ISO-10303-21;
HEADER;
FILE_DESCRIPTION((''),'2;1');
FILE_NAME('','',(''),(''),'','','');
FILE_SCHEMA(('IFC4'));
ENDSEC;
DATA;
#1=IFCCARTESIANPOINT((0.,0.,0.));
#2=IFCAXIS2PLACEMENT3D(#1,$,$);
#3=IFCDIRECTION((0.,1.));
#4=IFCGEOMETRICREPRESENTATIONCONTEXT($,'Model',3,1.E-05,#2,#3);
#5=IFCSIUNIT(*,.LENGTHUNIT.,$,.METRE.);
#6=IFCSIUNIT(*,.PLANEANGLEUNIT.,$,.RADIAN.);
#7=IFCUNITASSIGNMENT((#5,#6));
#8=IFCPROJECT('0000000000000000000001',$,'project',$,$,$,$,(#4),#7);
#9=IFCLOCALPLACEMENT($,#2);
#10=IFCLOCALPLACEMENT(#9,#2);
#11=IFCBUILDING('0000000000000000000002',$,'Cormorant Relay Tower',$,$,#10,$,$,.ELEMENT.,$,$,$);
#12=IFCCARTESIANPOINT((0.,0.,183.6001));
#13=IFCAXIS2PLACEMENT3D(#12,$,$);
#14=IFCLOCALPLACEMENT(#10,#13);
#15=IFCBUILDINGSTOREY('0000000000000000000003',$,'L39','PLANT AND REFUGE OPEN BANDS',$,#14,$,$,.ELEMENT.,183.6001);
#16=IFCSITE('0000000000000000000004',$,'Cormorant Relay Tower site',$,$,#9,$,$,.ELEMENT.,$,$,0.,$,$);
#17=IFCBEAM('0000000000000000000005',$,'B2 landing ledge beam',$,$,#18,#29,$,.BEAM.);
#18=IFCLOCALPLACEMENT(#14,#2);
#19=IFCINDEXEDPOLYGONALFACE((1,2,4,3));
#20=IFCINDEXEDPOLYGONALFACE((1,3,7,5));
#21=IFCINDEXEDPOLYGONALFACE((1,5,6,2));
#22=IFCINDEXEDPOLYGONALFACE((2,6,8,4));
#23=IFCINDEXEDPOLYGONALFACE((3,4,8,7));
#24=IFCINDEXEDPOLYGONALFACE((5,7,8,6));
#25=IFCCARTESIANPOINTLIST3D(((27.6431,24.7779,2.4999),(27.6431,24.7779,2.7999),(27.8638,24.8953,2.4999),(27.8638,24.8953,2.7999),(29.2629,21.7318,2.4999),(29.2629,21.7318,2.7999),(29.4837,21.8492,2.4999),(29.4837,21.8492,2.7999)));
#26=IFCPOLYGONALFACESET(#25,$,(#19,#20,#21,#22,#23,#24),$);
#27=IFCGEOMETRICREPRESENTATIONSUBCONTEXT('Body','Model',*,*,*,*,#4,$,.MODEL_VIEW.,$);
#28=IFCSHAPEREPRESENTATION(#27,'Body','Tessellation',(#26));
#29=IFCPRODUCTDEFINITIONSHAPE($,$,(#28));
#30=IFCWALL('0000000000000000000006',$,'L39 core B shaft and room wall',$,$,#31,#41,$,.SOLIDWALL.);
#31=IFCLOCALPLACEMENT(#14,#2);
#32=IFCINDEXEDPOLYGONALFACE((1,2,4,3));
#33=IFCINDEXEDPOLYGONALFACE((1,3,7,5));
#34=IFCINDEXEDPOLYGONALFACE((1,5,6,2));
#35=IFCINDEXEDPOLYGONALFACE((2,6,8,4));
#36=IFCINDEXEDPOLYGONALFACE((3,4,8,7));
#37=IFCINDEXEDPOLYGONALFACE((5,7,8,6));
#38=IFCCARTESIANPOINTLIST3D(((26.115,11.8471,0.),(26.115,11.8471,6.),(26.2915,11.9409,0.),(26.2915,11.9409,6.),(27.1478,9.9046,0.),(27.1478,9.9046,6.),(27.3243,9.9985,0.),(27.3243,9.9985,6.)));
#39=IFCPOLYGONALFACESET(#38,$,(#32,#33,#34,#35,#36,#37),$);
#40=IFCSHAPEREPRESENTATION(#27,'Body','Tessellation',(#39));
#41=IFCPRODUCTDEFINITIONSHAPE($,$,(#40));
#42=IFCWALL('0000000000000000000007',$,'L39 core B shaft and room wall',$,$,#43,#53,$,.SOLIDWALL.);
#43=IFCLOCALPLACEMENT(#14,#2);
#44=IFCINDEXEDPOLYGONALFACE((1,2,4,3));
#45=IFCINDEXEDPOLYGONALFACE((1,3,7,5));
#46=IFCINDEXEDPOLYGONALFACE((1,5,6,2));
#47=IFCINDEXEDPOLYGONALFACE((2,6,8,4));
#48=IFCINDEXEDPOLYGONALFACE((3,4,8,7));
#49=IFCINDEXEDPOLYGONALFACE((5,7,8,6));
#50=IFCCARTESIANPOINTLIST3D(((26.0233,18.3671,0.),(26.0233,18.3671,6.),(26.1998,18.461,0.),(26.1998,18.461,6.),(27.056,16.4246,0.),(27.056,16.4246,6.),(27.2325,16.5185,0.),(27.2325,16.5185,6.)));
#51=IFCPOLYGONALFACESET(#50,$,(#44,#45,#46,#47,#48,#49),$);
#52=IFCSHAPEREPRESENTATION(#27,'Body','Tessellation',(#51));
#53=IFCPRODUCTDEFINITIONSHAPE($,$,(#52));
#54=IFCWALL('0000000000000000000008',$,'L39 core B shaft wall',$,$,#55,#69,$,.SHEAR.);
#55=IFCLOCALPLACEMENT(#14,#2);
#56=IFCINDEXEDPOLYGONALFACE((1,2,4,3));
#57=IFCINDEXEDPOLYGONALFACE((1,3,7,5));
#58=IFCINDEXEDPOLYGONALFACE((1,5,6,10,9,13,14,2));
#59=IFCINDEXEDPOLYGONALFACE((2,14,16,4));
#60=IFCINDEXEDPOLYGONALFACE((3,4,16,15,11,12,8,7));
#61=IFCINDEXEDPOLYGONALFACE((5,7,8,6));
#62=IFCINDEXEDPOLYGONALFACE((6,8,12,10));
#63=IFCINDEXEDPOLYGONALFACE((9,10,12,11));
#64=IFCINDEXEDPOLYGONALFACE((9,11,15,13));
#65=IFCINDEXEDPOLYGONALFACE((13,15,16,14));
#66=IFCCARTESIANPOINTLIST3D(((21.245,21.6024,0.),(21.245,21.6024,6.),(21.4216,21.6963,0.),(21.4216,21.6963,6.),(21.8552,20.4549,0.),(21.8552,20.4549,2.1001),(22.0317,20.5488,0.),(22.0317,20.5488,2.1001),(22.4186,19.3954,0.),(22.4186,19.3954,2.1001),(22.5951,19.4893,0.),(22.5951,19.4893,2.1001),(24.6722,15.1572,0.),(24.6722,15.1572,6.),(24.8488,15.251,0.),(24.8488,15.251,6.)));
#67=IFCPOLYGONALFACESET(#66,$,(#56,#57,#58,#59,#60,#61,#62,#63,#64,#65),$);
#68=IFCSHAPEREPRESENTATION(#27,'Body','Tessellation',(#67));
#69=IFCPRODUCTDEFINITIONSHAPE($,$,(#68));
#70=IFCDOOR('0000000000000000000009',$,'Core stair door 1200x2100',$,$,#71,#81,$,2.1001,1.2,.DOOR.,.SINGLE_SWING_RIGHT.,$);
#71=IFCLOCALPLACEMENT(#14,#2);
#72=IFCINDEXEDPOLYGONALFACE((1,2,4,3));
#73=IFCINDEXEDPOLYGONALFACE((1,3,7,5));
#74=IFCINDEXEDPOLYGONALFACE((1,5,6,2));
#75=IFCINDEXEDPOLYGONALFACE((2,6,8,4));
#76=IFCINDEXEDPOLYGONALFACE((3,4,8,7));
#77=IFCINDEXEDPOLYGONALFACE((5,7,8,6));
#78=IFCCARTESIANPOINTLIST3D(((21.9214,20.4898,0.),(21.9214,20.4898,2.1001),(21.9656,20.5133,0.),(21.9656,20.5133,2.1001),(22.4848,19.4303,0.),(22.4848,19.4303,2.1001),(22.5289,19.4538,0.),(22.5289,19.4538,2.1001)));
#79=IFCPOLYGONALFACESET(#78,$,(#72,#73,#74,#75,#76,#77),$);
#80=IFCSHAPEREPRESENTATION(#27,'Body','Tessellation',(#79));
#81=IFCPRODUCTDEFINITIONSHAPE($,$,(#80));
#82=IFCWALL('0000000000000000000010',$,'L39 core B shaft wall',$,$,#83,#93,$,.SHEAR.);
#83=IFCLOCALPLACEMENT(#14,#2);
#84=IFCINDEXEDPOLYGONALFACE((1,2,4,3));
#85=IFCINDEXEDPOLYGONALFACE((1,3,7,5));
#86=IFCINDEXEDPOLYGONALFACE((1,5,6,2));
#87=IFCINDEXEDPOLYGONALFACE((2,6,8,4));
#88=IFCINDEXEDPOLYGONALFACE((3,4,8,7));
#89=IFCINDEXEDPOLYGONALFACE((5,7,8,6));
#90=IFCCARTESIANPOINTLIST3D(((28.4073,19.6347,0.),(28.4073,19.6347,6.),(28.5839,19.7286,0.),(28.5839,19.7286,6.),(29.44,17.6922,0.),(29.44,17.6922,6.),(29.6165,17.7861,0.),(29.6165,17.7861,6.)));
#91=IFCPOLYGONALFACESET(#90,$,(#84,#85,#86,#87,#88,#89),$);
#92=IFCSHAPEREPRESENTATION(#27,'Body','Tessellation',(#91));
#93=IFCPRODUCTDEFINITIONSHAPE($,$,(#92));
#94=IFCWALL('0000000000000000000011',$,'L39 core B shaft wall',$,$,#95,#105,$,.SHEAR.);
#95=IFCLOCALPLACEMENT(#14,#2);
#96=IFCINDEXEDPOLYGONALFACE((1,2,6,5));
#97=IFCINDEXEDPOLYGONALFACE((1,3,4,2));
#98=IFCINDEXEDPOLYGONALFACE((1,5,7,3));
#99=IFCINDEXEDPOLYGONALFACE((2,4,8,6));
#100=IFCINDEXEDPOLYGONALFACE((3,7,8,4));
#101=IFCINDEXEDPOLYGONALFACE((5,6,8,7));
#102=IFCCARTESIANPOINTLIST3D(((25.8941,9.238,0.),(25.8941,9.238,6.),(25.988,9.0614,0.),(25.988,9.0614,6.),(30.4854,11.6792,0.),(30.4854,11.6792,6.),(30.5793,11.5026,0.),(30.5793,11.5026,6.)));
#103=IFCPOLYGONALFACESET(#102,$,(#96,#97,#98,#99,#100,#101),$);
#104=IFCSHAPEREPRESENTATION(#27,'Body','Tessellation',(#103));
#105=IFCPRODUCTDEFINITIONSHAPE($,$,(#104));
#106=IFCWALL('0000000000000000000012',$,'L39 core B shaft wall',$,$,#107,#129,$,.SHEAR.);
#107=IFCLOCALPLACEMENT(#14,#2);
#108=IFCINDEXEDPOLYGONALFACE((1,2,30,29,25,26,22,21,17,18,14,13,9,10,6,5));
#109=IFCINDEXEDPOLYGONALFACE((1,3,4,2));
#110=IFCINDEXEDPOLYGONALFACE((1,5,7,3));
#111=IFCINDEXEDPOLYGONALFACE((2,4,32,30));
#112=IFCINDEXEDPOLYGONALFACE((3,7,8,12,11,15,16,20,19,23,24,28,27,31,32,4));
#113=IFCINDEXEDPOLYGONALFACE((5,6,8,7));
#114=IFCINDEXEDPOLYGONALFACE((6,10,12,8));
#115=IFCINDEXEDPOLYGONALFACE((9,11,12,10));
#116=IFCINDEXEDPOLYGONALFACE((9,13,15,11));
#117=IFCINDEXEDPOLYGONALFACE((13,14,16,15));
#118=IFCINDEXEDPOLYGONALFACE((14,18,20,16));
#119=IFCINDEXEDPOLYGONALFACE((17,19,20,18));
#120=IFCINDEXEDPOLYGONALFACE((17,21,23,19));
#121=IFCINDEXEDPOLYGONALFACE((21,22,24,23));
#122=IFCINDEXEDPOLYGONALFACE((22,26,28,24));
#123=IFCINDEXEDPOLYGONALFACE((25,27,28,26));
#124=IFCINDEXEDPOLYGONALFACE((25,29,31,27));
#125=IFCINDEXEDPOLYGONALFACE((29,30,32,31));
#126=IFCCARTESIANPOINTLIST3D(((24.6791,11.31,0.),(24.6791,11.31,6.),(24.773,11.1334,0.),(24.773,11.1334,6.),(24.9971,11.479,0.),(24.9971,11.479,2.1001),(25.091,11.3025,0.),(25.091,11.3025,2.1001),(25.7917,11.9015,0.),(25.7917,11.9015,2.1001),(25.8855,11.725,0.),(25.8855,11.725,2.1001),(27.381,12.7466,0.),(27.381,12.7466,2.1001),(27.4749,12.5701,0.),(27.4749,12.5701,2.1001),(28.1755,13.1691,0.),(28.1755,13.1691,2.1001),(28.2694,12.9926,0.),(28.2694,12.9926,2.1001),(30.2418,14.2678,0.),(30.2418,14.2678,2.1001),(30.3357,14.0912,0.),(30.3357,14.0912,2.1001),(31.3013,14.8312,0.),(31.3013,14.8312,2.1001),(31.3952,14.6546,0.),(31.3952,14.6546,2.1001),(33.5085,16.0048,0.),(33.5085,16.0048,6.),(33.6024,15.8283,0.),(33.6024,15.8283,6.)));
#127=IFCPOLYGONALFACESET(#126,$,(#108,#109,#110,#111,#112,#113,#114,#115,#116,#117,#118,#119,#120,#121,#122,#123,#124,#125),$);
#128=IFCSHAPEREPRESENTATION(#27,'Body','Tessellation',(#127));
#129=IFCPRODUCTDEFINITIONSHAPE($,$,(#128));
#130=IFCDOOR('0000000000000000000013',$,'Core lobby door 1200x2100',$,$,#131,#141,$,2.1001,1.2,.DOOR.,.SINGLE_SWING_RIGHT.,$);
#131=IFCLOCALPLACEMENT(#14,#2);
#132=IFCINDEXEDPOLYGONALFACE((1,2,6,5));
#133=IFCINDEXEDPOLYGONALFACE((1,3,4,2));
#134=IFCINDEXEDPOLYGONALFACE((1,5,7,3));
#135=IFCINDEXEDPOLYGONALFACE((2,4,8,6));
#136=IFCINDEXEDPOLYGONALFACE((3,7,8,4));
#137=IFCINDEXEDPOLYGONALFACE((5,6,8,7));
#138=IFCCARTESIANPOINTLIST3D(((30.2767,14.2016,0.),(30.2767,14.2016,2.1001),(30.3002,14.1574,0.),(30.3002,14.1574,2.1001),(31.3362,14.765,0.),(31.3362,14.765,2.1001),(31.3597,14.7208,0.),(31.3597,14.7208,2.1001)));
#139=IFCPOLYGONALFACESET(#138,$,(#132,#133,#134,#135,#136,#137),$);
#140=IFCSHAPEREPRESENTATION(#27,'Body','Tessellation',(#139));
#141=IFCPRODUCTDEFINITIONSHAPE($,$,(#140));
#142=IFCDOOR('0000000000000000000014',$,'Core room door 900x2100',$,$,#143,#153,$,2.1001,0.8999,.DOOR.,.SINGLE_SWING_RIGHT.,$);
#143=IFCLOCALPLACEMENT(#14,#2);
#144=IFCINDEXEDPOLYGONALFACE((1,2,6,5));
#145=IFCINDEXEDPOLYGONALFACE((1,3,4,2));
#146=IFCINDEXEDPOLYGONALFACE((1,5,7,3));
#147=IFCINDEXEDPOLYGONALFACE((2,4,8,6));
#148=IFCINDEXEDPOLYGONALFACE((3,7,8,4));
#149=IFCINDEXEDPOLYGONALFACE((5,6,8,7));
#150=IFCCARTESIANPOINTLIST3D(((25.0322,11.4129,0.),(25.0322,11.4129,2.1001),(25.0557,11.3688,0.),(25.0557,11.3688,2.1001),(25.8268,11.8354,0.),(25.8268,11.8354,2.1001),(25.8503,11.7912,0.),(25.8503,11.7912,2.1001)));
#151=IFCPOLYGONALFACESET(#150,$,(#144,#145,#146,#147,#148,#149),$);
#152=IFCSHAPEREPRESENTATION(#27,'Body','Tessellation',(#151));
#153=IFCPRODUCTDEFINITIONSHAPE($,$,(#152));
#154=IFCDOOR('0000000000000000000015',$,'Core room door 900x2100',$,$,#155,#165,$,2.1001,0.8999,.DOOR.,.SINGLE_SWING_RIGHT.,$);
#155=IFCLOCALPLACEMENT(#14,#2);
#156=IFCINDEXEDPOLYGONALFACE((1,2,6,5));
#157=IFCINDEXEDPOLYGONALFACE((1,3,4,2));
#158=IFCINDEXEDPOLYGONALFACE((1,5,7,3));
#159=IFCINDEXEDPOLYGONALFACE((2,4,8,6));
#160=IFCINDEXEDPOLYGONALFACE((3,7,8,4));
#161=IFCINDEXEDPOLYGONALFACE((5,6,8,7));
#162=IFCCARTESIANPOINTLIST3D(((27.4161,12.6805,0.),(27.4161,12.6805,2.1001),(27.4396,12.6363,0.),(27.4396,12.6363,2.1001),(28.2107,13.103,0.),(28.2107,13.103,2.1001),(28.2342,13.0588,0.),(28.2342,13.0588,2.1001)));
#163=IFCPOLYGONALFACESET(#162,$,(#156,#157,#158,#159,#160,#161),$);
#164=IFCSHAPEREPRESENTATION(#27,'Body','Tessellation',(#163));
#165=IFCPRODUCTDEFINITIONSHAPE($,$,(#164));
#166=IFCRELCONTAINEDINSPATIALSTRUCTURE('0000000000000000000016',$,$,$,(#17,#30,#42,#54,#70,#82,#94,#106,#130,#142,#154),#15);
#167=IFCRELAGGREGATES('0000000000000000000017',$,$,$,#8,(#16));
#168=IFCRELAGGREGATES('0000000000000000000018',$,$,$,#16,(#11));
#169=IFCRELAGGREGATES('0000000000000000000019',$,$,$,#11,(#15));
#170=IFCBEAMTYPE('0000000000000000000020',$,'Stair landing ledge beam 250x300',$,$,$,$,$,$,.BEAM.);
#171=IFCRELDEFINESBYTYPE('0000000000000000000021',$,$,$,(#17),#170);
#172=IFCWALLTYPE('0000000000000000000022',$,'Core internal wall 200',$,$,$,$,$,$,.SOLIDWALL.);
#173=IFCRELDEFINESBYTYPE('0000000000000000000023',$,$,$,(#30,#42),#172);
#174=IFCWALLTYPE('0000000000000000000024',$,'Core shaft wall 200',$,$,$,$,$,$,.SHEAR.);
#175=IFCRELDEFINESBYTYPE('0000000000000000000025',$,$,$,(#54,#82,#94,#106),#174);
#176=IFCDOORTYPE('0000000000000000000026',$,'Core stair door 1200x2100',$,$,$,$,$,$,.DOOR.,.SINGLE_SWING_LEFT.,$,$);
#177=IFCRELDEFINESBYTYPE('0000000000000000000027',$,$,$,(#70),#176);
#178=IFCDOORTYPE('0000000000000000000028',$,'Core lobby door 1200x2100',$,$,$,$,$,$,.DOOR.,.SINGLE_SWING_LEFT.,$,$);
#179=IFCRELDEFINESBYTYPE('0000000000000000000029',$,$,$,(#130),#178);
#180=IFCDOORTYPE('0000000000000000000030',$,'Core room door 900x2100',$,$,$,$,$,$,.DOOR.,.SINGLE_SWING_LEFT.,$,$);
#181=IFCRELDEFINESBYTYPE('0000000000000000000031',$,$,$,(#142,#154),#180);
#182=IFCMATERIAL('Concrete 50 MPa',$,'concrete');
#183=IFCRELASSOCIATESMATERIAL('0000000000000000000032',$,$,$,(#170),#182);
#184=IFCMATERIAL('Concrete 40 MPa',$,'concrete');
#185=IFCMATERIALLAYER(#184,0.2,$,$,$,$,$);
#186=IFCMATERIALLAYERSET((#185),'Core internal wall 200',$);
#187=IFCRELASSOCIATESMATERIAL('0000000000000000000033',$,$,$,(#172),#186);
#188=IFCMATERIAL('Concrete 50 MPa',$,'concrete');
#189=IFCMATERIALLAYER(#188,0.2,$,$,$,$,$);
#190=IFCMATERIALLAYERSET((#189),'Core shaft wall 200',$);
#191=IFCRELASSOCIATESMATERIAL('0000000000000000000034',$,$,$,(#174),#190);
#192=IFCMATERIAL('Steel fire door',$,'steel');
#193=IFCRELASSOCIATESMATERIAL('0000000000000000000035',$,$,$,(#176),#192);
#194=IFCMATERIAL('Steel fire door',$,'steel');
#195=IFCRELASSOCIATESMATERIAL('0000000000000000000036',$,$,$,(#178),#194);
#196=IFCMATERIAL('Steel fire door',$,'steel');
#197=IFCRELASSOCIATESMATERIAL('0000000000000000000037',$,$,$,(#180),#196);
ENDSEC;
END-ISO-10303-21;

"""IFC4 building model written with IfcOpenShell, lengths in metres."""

from ifc_helpers import new_model, si_unit, direction, frame, frame_2d, origin, origin_2d, place, context, subcontext, project, spatial, rectangle, extrude, material, layer, layer_set, material_profile, profile_set, type_object, element, fill, save


model = new_model("IFC4")

# Units and contexts
model_context = context("Model", 3, precision=1e-05, world=origin(), true_north=direction((0.0, 1.0)))
body_context = subcontext(model_context, "Body", "Model", "MODEL_VIEW")
ifc_project = project(units=[si_unit("LENGTHUNIT", "METRE"), si_unit("PLANEANGLEUNIT", "RADIAN")], contexts=[model_context])

# Site, building, storey
site_placement = place(None, origin())
site = spatial("IfcSite", under=ifc_project, at=site_placement, Name="Cormorant Relay Tower site", CompositionType="ELEMENT", RefElevation=0.0)
building_placement = place(site_placement, origin())
building = spatial("IfcBuilding", under=site, at=building_placement, Name="Cormorant Relay Tower", CompositionType="ELEMENT")
storey_placement = place(building_placement, frame((0.0, 0.0, 183.6001)))
storey = spatial("IfcBuildingStorey", under=building, at=storey_placement, Name="L39", Description="PLANT AND REFUGE OPEN BANDS", CompositionType="ELEMENT", Elevation=183.6001)

# Beam
ifc_material_1 = material(Name="Concrete 50 MPa", Category="concrete")
ifc_material_profile = material_profile(ifc_material_1, rectangle(XDim=0.25, YDim=0.3, at=origin_2d()), Name="RC 250x300")
ifc_profile_set = profile_set([ifc_material_profile], Name="Concrete 50 MPa")
beam_type = type_object("IfcBeamType", Name="Stair landing ledge beam 250x300", PredefinedType="BEAM", material=ifc_profile_set)
beam_placement = place(storey_placement, frame((29.3733, 21.7905, 2.6499), z_axis=(-0.469519, 0.882922, 0.0), x_axis=(-0.882922, -0.469519, 0.0)))
element("IfcBeam", 1, at=beam_placement, inside=storey, type_object=beam_type, Name="B2 landing ledge beam", PredefinedType="BEAM", context=body_context, shape_type="SweptSolid", body=[
    extrude(rectangle(XDim=0.25, YDim=0.3, at=origin_2d()), origin(), (0.0, 0.0, 1.0), 3.45),
])

# Walls
ifc_material_2 = material(Name="Concrete 40 MPa", Category="concrete")
ifc_layer_1 = layer(ifc_material_2, 0.2)
ifc_layer_set_1 = layer_set([ifc_layer_1], Name="Core internal wall 200")
wall_type_1 = type_object("IfcWallType", Name="Core internal wall 200", PredefinedType="SOLIDWALL", material=ifc_layer_set_1)
for number, where, z_axis, x_axis, name in (
    (2, (27.2361, 9.9514, 0.0), (0.0, 0.0, 1.0), (-0.469447, 0.88296, 0.0), "L39 core B shaft and room wall"),
    (3, (27.1443, 16.4714, 0.0), (0.0, 0.0, 1.0), (-0.469401, 0.882985, 0.0), "L39 core B shaft and room wall"),
):
    element("IfcWall", number, at=place(storey_placement, frame(where, z_axis=z_axis, x_axis=x_axis)), inside=storey, type_object=wall_type_1, Name=name, PredefinedType="SOLIDWALL", context=body_context, shape_type="SweptSolid", body=[
        extrude(rectangle(XDim=2.2, YDim=0.2, at=frame_2d((1.1001, 0.0))), origin(), (0.0, 0.0, 1.0), 6.0),
    ])

# Wall, opening, door
ifc_material_3 = material(Name="Concrete 50 MPa", Category="concrete")
ifc_layer_2 = layer(ifc_material_3, 0.2)
ifc_layer_set_2 = layer_set([ifc_layer_2], Name="Core shaft wall 200")
wall_type_2 = type_object("IfcWallType", Name="Core shaft wall 200", PredefinedType="SHEAR", material=ifc_layer_set_2)
wall_1_placement = place(storey_placement, frame((24.7605, 15.2041, 0.0), z_axis=(0.0, 0.0, 1.0), x_axis=(-0.469494, 0.882936, 0.0)))
wall_1 = element("IfcWall", 4, at=wall_1_placement, inside=storey, type_object=wall_type_2, Name="L39 core B shaft wall", PredefinedType="SHEAR", context=body_context, shape_type="SweptSolid", body=[
    extrude(rectangle(XDim=7.2998, YDim=0.2, at=frame_2d((3.6499, 0.0))), origin(), (0.0, 0.0, 1.0), 6.0),
])
opening_1_placement = place(wall_1_placement, frame((4.8, 0.0, 0.0)))
opening_1 = element("IfcOpeningElement", 5, at=opening_1_placement, cuts=wall_1, PredefinedType="OPENING", context=body_context, shape_type="SweptSolid", body=[
    extrude(rectangle(XDim=1.2, YDim=2.1001, at=frame_2d((0.6001, 1.05))), frame((0.0, 0.1099, 0.0), z_axis=(0.0, -1.0, 0.0), x_axis=(1.0, 0.0, 0.0)), (0.0, 0.0, 1.0), 0.22),
])
ifc_material_4 = material(Name="Steel fire door", Category="steel")
door_type_1 = type_object("IfcDoorType", Name="Core stair door 1200x2100", OperationType="SINGLE_SWING_LEFT", PredefinedType="DOOR", material=ifc_material_4)
door_1_placement = place(opening_1_placement, frame((1.2, 0.0, 0.0), z_axis=(0.0, 0.0, 1.0), x_axis=(-1.0, 0.0, 0.0)))
door_1 = element("IfcDoor", 6, at=door_1_placement, inside=storey, type_object=door_type_1, Name="Core stair door 1200x2100", OperationType="SINGLE_SWING_RIGHT", OverallHeight=2.1001, OverallWidth=1.2, PredefinedType="DOOR", context=body_context, shape_type="SweptSolid", body=[
    extrude(rectangle(XDim=1.2, YDim=2.1001, at=frame_2d((0.6001, 1.05))), frame((0.0, 0.0249, 0.0), z_axis=(0.0, -1.0, 0.0), x_axis=(1.0, 0.0, 0.0)), (0.0, 0.0, 1.0), 0.05),
])
fill(opening_1, door_1)

# Wall
wall_2_placement = place(storey_placement, frame((29.5283, 17.739, 0.0), z_axis=(0.0, 0.0, 1.0), x_axis=(-0.469401, 0.882985, 0.0)))
element("IfcWall", 7, at=wall_2_placement, inside=storey, type_object=wall_type_2, Name="L39 core B shaft wall", PredefinedType="SHEAR", context=body_context, shape_type="SweptSolid", body=[
    extrude(rectangle(XDim=2.2, YDim=0.2, at=frame_2d((1.1001, 0.0))), origin(), (0.0, 0.0, 1.0), 6.0),
])

# Wall
wall_3_placement = place(storey_placement, frame((25.9409, 9.1497, 0.0), z_axis=(0.0, 0.0, 1.0), x_axis=(0.882954, 0.46946, 0.0)))
element("IfcWall", 8, at=wall_3_placement, inside=storey, type_object=wall_type_2, Name="L39 core B shaft wall", PredefinedType="SHEAR", context=body_context, shape_type="SweptSolid", body=[
    extrude(rectangle(XDim=5.2, YDim=0.2, at=frame_2d((2.6001, 0.0))), origin(), (0.0, 0.0, 1.0), 6.0),
])

# Wall, openings, doors
wall_4_placement = place(storey_placement, frame((24.7261, 11.2217, 0.0), z_axis=(0.0, 0.0, 1.0), x_axis=(0.88294, 0.469485, 0.0)))
wall_4 = element("IfcWall", 9, at=wall_4_placement, inside=storey, type_object=wall_type_2, Name="L39 core B shaft wall", PredefinedType="SHEAR", context=body_context, shape_type="SweptSolid", body=[
    extrude(rectangle(XDim=10.0, YDim=0.2, at=frame_2d((5.0, 0.0))), origin(), (0.0, 0.0, 1.0), 6.0),
])
opening_2_placement = place(wall_4_placement, frame((6.3, 0.0, 0.0)))
opening_2 = element("IfcOpeningElement", 10, at=opening_2_placement, cuts=wall_4, PredefinedType="OPENING", context=body_context, shape_type="SweptSolid", body=[
    extrude(rectangle(XDim=1.2, YDim=2.1001, at=frame_2d((0.6001, 1.05))), frame((0.0, 0.1099, 0.0), z_axis=(0.0, -1.0, 0.0), x_axis=(1.0, 0.0, 0.0)), (0.0, 0.0, 1.0), 0.22),
])
opening_3_placement = place(wall_4_placement, frame((0.3601, 0.0, 0.0)))
opening_3 = element("IfcOpeningElement", 11, at=opening_3_placement, cuts=wall_4, PredefinedType="OPENING", context=body_context, shape_type="SweptSolid", body=[
    extrude(rectangle(XDim=0.8999, YDim=2.1001, at=frame_2d((0.45, 1.05))), frame((0.0, 0.1099, 0.0), z_axis=(0.0, -1.0, 0.0), x_axis=(1.0, 0.0, 0.0)), (0.0, 0.0, 1.0), 0.22),
])
opening_4_placement = place(wall_4_placement, frame((3.0601, 0.0, 0.0)))
opening_4 = element("IfcOpeningElement", 12, at=opening_4_placement, cuts=wall_4, PredefinedType="OPENING", context=body_context, shape_type="SweptSolid", body=[
    extrude(rectangle(XDim=0.8999, YDim=2.1001, at=frame_2d((0.45, 1.05))), frame((0.0, 0.1099, 0.0), z_axis=(0.0, -1.0, 0.0), x_axis=(1.0, 0.0, 0.0)), (0.0, 0.0, 1.0), 0.22),
])
ifc_material_5 = material(Name="Steel fire door", Category="steel")
door_type_2 = type_object("IfcDoorType", Name="Core lobby door 1200x2100", OperationType="SINGLE_SWING_LEFT", PredefinedType="DOOR", material=ifc_material_5)
door_2_placement = place(opening_2_placement, frame((1.2, 0.0, 0.0), z_axis=(0.0, 0.0, 1.0), x_axis=(-1.0, 0.0, 0.0)))
door_2 = element("IfcDoor", 13, at=door_2_placement, inside=storey, type_object=door_type_2, Name="Core lobby door 1200x2100", OperationType="SINGLE_SWING_RIGHT", OverallHeight=2.1001, OverallWidth=1.2, PredefinedType="DOOR", context=body_context, shape_type="SweptSolid", body=[
    extrude(rectangle(XDim=1.2, YDim=2.1001, at=frame_2d((0.6001, 1.05))), frame((0.0, 0.0249, 0.0), z_axis=(0.0, -1.0, 0.0), x_axis=(1.0, 0.0, 0.0)), (0.0, 0.0, 1.0), 0.05),
])
fill(opening_2, door_2)
ifc_material_6 = material(Name="Steel fire door", Category="steel")
door_type_3 = type_object("IfcDoorType", Name="Core room door 900x2100", OperationType="SINGLE_SWING_LEFT", PredefinedType="DOOR", material=ifc_material_6)
door_3_placement = place(opening_3_placement, frame((0.8999, 0.0, 0.0), z_axis=(0.0, 0.0, 1.0), x_axis=(-1.0, 0.0, 0.0)))
door_3 = element("IfcDoor", 14, at=door_3_placement, inside=storey, type_object=door_type_3, Name="Core room door 900x2100", OperationType="SINGLE_SWING_RIGHT", OverallHeight=2.1001, OverallWidth=0.8999, PredefinedType="DOOR", context=body_context, shape_type="SweptSolid", body=[
    extrude(rectangle(XDim=0.8999, YDim=2.1001, at=frame_2d((0.45, 1.05))), frame((0.0, 0.0249, 0.0), z_axis=(0.0, -1.0, 0.0), x_axis=(1.0, 0.0, 0.0)), (0.0, 0.0, 1.0), 0.05),
])
fill(opening_3, door_3)
door_4_placement = place(opening_4_placement, frame((0.8999, 0.0, 0.0), z_axis=(0.0, 0.0, 1.0), x_axis=(-1.0, 0.0, 0.0)))
door_4 = element("IfcDoor", 15, at=door_4_placement, inside=storey, type_object=door_type_3, Name="Core room door 900x2100", OperationType="SINGLE_SWING_RIGHT", OverallHeight=2.1001, OverallWidth=0.8999, PredefinedType="DOOR", context=body_context, shape_type="SweptSolid", body=[
    extrude(rectangle(XDim=0.8999, YDim=2.1001, at=frame_2d((0.45, 1.05))), frame((0.0, 0.0249, 0.0), z_axis=(0.0, -1.0, 0.0), x_axis=(1.0, 0.0, 0.0)), (0.0, 0.0, 1.0), 0.05),
])
fill(opening_4, door_4)

save(model, "model.ifc")
